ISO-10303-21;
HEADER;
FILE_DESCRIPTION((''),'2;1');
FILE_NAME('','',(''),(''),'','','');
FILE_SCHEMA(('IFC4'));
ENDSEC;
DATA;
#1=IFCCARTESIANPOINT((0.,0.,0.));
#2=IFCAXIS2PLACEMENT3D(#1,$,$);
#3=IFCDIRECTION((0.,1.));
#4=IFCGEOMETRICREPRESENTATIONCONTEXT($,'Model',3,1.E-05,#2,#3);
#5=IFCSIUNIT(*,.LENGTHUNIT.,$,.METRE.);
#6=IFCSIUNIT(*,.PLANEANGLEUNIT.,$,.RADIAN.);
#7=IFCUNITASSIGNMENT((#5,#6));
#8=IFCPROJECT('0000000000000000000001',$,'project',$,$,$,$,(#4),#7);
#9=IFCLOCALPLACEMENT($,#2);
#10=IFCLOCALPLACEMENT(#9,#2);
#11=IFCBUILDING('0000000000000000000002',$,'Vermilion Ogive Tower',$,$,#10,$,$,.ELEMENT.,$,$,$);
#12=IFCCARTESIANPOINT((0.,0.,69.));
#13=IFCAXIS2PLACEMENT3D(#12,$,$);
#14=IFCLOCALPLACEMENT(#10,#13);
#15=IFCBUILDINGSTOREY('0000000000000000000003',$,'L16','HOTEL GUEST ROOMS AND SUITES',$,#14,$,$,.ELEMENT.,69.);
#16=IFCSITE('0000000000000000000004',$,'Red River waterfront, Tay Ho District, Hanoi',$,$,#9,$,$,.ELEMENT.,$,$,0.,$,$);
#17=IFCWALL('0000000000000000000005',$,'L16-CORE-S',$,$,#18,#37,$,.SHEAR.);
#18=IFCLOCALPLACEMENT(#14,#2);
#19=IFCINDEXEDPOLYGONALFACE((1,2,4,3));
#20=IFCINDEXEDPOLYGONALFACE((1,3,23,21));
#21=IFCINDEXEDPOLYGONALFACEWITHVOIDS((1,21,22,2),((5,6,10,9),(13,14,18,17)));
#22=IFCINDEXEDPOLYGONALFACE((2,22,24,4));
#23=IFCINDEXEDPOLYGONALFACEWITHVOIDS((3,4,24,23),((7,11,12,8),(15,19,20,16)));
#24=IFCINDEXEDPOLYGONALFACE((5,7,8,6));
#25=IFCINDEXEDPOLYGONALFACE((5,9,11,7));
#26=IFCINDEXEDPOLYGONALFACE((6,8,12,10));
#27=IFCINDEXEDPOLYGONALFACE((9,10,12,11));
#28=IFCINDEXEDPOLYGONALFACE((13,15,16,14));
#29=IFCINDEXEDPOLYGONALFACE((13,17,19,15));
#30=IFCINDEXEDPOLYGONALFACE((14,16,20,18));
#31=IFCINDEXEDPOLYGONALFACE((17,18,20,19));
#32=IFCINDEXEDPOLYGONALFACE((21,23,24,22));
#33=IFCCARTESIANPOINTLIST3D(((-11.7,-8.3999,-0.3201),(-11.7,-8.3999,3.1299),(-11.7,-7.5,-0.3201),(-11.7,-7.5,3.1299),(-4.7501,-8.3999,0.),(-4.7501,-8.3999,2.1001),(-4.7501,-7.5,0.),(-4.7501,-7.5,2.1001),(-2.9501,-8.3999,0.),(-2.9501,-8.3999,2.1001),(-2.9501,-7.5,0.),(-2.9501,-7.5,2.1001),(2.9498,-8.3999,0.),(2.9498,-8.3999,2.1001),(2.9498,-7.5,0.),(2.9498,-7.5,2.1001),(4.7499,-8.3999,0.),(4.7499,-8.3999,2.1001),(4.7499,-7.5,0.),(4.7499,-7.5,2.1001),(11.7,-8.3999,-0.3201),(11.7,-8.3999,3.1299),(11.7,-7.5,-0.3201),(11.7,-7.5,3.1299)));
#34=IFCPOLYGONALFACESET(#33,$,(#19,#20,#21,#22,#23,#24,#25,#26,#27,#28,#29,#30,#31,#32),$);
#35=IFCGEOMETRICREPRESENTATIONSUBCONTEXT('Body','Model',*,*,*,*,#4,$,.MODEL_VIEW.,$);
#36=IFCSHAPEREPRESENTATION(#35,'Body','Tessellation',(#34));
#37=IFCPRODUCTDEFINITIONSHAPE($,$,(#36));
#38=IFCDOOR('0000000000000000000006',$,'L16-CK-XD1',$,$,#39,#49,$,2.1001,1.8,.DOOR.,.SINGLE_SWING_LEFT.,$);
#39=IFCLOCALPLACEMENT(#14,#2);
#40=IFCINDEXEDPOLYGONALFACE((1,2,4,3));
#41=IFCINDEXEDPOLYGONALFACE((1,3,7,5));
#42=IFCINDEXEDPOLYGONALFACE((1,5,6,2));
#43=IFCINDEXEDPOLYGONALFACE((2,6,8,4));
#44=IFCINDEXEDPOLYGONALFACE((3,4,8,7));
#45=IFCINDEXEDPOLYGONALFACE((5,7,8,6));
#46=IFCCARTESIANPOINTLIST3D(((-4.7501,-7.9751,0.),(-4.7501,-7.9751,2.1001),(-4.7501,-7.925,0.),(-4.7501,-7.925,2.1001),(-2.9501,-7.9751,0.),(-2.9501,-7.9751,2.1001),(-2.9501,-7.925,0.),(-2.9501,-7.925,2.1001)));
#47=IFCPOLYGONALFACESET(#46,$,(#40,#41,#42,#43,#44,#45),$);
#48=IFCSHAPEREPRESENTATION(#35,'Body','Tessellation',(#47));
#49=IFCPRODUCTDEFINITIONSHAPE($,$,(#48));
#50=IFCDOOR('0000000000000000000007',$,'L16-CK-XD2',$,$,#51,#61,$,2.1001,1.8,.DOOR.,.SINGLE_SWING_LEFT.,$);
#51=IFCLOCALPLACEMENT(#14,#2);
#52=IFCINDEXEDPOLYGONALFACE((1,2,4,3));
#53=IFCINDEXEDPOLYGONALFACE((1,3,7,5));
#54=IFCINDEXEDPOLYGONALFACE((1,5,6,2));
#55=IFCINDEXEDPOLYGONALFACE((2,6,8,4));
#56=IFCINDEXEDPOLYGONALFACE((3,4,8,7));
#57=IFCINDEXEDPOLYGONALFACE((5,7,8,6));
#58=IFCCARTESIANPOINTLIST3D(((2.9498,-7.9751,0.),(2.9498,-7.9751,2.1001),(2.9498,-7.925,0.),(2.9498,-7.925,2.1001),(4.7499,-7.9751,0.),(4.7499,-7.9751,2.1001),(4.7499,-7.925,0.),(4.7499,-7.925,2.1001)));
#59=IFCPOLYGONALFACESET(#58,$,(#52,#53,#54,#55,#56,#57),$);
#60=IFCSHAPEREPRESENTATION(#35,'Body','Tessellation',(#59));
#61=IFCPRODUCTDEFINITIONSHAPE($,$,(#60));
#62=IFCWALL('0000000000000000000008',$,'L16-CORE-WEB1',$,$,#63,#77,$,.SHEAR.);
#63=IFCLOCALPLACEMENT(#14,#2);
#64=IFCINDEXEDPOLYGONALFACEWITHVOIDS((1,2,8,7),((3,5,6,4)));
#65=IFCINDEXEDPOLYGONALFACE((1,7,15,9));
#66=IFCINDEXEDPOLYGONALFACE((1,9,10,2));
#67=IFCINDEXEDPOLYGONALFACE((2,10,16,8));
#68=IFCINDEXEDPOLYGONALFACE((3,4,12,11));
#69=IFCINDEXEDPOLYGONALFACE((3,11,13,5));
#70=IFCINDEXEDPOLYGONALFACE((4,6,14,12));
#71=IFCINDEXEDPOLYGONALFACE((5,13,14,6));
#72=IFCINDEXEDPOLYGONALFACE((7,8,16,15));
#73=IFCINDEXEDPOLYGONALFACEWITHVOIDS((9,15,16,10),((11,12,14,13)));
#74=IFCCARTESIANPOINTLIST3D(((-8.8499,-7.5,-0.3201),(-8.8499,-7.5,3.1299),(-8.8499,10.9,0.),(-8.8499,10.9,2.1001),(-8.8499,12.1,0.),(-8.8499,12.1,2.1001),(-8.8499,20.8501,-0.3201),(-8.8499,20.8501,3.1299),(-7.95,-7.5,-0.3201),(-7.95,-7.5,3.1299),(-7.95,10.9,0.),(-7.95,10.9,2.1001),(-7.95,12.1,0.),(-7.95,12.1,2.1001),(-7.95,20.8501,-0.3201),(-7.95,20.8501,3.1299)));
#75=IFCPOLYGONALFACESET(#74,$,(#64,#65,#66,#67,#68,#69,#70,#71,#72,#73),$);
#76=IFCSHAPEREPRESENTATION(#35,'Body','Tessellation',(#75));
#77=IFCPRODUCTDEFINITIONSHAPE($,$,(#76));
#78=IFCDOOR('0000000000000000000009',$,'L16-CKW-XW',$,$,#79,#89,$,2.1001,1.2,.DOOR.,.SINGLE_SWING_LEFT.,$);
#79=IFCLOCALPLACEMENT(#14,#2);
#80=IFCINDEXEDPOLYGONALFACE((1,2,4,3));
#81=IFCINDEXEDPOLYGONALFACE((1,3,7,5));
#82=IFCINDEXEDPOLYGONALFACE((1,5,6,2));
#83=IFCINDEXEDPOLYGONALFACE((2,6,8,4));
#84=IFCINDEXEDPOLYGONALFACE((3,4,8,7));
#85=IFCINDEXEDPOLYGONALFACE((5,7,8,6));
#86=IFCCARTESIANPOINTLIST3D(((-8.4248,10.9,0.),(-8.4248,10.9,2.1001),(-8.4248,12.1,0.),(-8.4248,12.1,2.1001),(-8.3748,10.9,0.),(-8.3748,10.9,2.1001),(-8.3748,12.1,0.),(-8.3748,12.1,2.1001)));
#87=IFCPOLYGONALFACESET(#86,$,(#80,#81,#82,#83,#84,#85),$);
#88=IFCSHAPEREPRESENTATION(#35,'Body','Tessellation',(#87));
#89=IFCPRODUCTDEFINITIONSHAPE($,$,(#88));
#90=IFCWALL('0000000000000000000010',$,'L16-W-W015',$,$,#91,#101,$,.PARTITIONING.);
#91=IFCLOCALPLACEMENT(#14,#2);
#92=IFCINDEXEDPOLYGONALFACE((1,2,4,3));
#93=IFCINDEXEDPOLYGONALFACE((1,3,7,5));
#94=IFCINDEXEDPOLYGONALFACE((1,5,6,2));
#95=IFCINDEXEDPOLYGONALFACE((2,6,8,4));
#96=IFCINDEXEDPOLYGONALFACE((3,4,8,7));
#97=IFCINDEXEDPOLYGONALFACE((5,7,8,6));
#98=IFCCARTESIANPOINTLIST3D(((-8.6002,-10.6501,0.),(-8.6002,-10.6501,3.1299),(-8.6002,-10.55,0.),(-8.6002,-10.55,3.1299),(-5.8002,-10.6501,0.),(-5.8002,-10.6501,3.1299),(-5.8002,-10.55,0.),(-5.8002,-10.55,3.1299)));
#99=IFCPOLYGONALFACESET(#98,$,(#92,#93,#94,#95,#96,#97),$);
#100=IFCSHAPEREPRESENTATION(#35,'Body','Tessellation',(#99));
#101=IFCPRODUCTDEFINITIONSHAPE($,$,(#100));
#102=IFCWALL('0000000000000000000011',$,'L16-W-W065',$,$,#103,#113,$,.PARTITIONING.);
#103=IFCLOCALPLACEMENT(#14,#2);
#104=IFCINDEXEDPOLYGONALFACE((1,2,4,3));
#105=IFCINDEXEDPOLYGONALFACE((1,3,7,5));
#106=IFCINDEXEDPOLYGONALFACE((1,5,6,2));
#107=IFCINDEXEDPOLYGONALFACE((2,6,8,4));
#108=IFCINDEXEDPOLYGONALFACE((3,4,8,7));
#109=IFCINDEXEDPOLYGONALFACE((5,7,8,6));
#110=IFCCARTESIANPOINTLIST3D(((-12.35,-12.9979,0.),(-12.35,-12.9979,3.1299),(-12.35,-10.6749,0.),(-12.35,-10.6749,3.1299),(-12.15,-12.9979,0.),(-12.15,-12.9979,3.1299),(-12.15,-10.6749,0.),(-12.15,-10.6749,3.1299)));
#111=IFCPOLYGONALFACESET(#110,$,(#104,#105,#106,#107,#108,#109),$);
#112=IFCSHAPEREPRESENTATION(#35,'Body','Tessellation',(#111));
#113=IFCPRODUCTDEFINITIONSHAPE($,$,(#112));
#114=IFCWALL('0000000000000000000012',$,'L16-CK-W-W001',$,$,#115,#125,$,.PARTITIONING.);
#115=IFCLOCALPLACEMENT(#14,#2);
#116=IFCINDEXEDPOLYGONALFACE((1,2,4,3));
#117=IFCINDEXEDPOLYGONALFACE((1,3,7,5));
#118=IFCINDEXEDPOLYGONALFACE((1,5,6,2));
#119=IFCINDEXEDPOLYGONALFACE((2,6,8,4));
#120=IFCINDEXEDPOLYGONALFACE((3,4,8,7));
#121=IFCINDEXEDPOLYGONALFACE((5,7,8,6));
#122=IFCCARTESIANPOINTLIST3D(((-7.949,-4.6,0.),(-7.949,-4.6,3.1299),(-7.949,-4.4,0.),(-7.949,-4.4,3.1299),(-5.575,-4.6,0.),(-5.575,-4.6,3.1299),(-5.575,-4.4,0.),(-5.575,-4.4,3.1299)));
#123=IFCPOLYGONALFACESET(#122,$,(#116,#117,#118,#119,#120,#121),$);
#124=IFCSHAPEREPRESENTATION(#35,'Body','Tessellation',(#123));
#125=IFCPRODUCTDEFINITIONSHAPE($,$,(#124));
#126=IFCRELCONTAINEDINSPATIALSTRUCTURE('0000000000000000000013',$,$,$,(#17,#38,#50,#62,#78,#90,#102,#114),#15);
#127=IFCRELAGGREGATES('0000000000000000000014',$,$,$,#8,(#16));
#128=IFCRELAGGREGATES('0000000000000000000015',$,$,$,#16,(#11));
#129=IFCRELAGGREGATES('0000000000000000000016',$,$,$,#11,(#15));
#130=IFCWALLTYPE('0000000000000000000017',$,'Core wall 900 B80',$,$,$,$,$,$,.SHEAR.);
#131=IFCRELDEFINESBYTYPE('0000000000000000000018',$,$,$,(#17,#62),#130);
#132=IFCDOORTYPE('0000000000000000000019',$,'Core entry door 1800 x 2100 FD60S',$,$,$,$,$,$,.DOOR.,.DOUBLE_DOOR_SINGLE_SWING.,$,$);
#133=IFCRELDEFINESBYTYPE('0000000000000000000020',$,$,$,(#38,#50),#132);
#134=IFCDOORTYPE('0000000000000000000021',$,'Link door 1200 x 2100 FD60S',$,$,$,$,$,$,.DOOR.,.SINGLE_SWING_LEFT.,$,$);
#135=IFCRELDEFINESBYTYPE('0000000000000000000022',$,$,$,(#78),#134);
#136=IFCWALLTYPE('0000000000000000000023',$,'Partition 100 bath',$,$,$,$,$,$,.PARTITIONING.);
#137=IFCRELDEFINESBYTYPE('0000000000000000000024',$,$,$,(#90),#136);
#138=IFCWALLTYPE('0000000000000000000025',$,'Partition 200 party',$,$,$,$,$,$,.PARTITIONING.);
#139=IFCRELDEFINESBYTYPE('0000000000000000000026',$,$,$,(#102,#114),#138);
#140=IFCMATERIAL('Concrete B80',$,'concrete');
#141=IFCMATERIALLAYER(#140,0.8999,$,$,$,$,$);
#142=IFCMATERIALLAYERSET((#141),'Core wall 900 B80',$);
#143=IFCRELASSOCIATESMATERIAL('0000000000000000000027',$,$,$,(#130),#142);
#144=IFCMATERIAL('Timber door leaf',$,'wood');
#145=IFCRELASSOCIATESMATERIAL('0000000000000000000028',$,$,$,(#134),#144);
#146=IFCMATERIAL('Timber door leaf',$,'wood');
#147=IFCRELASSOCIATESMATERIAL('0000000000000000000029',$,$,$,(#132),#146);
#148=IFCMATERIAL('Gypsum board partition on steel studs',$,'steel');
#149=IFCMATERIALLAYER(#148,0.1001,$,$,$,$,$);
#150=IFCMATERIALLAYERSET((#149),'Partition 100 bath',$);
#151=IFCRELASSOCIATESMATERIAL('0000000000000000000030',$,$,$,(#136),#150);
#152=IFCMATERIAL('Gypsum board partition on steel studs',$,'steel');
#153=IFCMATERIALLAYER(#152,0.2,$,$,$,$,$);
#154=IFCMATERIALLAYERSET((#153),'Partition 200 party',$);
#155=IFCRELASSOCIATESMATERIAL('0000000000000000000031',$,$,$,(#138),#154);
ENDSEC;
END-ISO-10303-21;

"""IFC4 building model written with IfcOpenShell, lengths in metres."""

from ifc_helpers import new_model, si_unit, direction, frame, frame_2d, origin, place, context, subcontext, project, spatial, rectangle, extrude, material, layer, layer_set, type_object, element, fill, save


model = new_model("IFC4")

# Units and contexts
model_context = context("Model", 3, precision=1e-05, world=origin(), true_north=direction((0.0, 1.0)))
body_context = subcontext(model_context, "Body", "Model", "MODEL_VIEW")
ifc_project = project(units=[si_unit("LENGTHUNIT", "METRE"), si_unit("PLANEANGLEUNIT", "RADIAN")], contexts=[model_context])

# Site, building, storey
site_placement = place(None, origin())
site = spatial("IfcSite", under=ifc_project, at=site_placement, Name="Red River waterfront, Tay Ho District, Hanoi", CompositionType="ELEMENT", RefElevation=0.0)
building_placement = place(site_placement, origin())
building = spatial("IfcBuilding", under=site, at=building_placement, Name="Vermilion Ogive Tower", CompositionType="ELEMENT")
storey_placement = place(building_placement, frame((0.0, 0.0, 69.0)))
storey = spatial("IfcBuildingStorey", under=building, at=storey_placement, Name="L16", Description="HOTEL GUEST ROOMS AND SUITES", CompositionType="ELEMENT", Elevation=69.0)

# Wall, openings, doors
ifc_material_1 = material(Name="Concrete B80", Category="concrete")
ifc_layer_1 = layer(ifc_material_1, 0.8999)
ifc_layer_set_1 = layer_set([ifc_layer_1], Name="Core wall 900 B80")
wall_type_1 = type_object("IfcWallType", Name="Core wall 900 B80", PredefinedType="SHEAR", material=ifc_layer_set_1)
ifc_material_2 = material(Name="Timber door leaf", Category="wood")
door_type_1 = type_object("IfcDoorType", Name="Link door 1200 x 2100 FD60S", OperationType="SINGLE_SWING_LEFT", PredefinedType="DOOR", material=ifc_material_2)
wall_1_placement = place(storey_placement, frame((-11.7, -7.95, -0.3201), z_axis=(0.0, 0.0, 1.0), x_axis=(1.0, 0.0, 0.0)))
wall_1 = element("IfcWall", 1, at=wall_1_placement, inside=storey, type_object=wall_type_1, Name="L16-CORE-S", PredefinedType="SHEAR", context=body_context, shape_type="SweptSolid", body=[
    extrude(rectangle(XDim=23.3999, YDim=0.8999, at=frame_2d((11.7, 0.0))), origin(), (0.0, 0.0, 1.0), 3.45),
])
opening_1_placement = place(wall_1_placement, frame((6.95, 0.0, 0.3201)))
opening_1 = element("IfcOpeningElement", 2, at=opening_1_placement, cuts=wall_1, PredefinedType="OPENING", context=body_context, shape_type="SweptSolid", body=[
    extrude(rectangle(XDim=1.8, YDim=2.1001, at=frame_2d((0.8999, 1.05))), frame((0.0, 0.46, 0.0), z_axis=(0.0, -1.0, 0.0), x_axis=(1.0, 0.0, 0.0)), (0.0, 0.0, 1.0), 0.9199),
])
opening_2_placement = place(wall_1_placement, frame((14.6499, 0.0, 0.3201)))
opening_2 = element("IfcOpeningElement", 3, at=opening_2_placement, cuts=wall_1, PredefinedType="OPENING", context=body_context, shape_type="SweptSolid", body=[
    extrude(rectangle(XDim=1.8, YDim=2.1001, at=frame_2d((0.8999, 1.05))), frame((0.0, 0.46, 0.0), z_axis=(0.0, -1.0, 0.0), x_axis=(1.0, 0.0, 0.0)), (0.0, 0.0, 1.0), 0.9199),
])
ifc_material_3 = material(Name="Timber door leaf", Category="wood")
door_type_2 = type_object("IfcDoorType", Name="Core entry door 1800 x 2100 FD60S", OperationType="DOUBLE_DOOR_SINGLE_SWING", PredefinedType="DOOR", material=ifc_material_3)
door_1_placement = place(opening_1_placement, origin())
door_1 = element("IfcDoor", 4, at=door_1_placement, inside=storey, type_object=door_type_2, Name="L16-CK-XD1", OperationType="SINGLE_SWING_LEFT", OverallHeight=2.1001, OverallWidth=1.8, PredefinedType="DOOR", context=body_context, shape_type="SweptSolid", body=[
    extrude(rectangle(XDim=1.8, YDim=2.1001, at=frame_2d((0.8999, 1.05))), frame((0.0, 0.0249, 0.0), z_axis=(0.0, -1.0, 0.0), x_axis=(1.0, 0.0, 0.0)), (0.0, 0.0, 1.0), 0.05),
])
fill(opening_1, door_1)
door_2_placement = place(opening_2_placement, origin())
door_2 = element("IfcDoor", 5, at=door_2_placement, inside=storey, type_object=door_type_2, Name="L16-CK-XD2", OperationType="SINGLE_SWING_LEFT", OverallHeight=2.1001, OverallWidth=1.8, PredefinedType="DOOR", context=body_context, shape_type="SweptSolid", body=[
    extrude(rectangle(XDim=1.8, YDim=2.1001, at=frame_2d((0.8999, 1.05))), frame((0.0, 0.0249, 0.0), z_axis=(0.0, -1.0, 0.0), x_axis=(1.0, 0.0, 0.0)), (0.0, 0.0, 1.0), 0.05),
])
fill(opening_2, door_2)

# Wall, opening, door
wall_2_placement = place(storey_placement, frame((-8.3999, -7.5, -0.3201), z_axis=(0.0, 0.0, 1.0), x_axis=(0.0, 1.0, 0.0)))
wall_2 = element("IfcWall", 6, at=wall_2_placement, inside=storey, type_object=wall_type_1, Name="L16-CORE-WEB1", PredefinedType="SHEAR", context=body_context, shape_type="SweptSolid", body=[
    extrude(rectangle(XDim=28.3501, YDim=0.8999, at=frame_2d((14.175, 0.0))), origin(), (0.0, 0.0, 1.0), 3.45),
])
opening_3_placement = place(wall_2_placement, frame((18.3999, 0.0, 0.3201)))
opening_3 = element("IfcOpeningElement", 7, at=opening_3_placement, cuts=wall_2, PredefinedType="OPENING", context=body_context, shape_type="SweptSolid", body=[
    extrude(rectangle(XDim=1.2, YDim=2.1001, at=frame_2d((0.6001, 1.05))), frame((0.0, 0.46, 0.0), z_axis=(0.0, -1.0, 0.0), x_axis=(1.0, 0.0, 0.0)), (0.0, 0.0, 1.0), 0.9199),
])
door_3_placement = place(opening_3_placement, origin())
door_3 = element("IfcDoor", 8, at=door_3_placement, inside=storey, type_object=door_type_1, Name="L16-CKW-XW", OperationType="SINGLE_SWING_LEFT", OverallHeight=2.1001, OverallWidth=1.2, PredefinedType="DOOR", context=body_context, shape_type="SweptSolid", body=[
    extrude(rectangle(XDim=1.2, YDim=2.1001, at=frame_2d((0.6001, 1.05))), frame((0.0, 0.0249, 0.0), z_axis=(0.0, -1.0, 0.0), x_axis=(1.0, 0.0, 0.0)), (0.0, 0.0, 1.0), 0.05),
])
fill(opening_3, door_3)

# Walls
ifc_material_4 = material(Name="Gypsum board partition on steel studs", Category="steel")
ifc_layer_2 = layer(ifc_material_4, 0.1001)
ifc_layer_set_2 = layer_set([ifc_layer_2], Name="Partition 100 bath")
wall_type_2 = type_object("IfcWallType", Name="Partition 100 bath", PredefinedType="PARTITIONING", material=ifc_layer_set_2)
wall_3_placement = place(storey_placement, frame((-8.6001, -10.6001, 0.0), z_axis=(0.0, 0.0, 1.0), x_axis=(1.0, 0.0, 0.0)))
element("IfcWall", 9, at=wall_3_placement, inside=storey, type_object=wall_type_2, Name="L16-W-W015", PredefinedType="PARTITIONING", context=body_context, shape_type="SweptSolid", body=[
    extrude(rectangle(XDim=2.8, YDim=0.1001, at=frame_2d((1.3999, 0.0))), origin(), (0.0, 0.0, 1.0), 3.1299),
])
ifc_material_5 = material(Name="Gypsum board partition on steel studs", Category="steel")
ifc_layer_3 = layer(ifc_material_5, 0.2)
ifc_layer_set_3 = layer_set([ifc_layer_3], Name="Partition 200 party")
wall_type_3 = type_object("IfcWallType", Name="Partition 200 party", PredefinedType="PARTITIONING", material=ifc_layer_set_3)
wall_4_placement = place(storey_placement, frame((-12.25, -12.998, 0.0), z_axis=(0.0, 0.0, 1.0), x_axis=(0.0, 1.0, 0.0)))
element("IfcWall", 10, at=wall_4_placement, inside=storey, type_object=wall_type_3, Name="L16-W-W065", PredefinedType="PARTITIONING", context=body_context, shape_type="SweptSolid", body=[
    extrude(rectangle(XDim=2.323, YDim=0.2, at=frame_2d((1.1616, 0.0))), origin(), (0.0, 0.0, 1.0), 3.1299),
])
wall_5_placement = place(storey_placement, frame((-7.949, -4.5, 0.0), z_axis=(0.0, 0.0, 1.0), x_axis=(1.0, 0.0, 0.0)))
element("IfcWall", 11, at=wall_5_placement, inside=storey, type_object=wall_type_3, Name="L16-CK-W-W001", PredefinedType="PARTITIONING", context=body_context, shape_type="SweptSolid", body=[
    extrude(rectangle(XDim=2.374, YDim=0.2, at=frame_2d((1.187, 0.0))), origin(), (0.0, 0.0, 1.0), 3.1299),
])

save(model, "model.ifc")
